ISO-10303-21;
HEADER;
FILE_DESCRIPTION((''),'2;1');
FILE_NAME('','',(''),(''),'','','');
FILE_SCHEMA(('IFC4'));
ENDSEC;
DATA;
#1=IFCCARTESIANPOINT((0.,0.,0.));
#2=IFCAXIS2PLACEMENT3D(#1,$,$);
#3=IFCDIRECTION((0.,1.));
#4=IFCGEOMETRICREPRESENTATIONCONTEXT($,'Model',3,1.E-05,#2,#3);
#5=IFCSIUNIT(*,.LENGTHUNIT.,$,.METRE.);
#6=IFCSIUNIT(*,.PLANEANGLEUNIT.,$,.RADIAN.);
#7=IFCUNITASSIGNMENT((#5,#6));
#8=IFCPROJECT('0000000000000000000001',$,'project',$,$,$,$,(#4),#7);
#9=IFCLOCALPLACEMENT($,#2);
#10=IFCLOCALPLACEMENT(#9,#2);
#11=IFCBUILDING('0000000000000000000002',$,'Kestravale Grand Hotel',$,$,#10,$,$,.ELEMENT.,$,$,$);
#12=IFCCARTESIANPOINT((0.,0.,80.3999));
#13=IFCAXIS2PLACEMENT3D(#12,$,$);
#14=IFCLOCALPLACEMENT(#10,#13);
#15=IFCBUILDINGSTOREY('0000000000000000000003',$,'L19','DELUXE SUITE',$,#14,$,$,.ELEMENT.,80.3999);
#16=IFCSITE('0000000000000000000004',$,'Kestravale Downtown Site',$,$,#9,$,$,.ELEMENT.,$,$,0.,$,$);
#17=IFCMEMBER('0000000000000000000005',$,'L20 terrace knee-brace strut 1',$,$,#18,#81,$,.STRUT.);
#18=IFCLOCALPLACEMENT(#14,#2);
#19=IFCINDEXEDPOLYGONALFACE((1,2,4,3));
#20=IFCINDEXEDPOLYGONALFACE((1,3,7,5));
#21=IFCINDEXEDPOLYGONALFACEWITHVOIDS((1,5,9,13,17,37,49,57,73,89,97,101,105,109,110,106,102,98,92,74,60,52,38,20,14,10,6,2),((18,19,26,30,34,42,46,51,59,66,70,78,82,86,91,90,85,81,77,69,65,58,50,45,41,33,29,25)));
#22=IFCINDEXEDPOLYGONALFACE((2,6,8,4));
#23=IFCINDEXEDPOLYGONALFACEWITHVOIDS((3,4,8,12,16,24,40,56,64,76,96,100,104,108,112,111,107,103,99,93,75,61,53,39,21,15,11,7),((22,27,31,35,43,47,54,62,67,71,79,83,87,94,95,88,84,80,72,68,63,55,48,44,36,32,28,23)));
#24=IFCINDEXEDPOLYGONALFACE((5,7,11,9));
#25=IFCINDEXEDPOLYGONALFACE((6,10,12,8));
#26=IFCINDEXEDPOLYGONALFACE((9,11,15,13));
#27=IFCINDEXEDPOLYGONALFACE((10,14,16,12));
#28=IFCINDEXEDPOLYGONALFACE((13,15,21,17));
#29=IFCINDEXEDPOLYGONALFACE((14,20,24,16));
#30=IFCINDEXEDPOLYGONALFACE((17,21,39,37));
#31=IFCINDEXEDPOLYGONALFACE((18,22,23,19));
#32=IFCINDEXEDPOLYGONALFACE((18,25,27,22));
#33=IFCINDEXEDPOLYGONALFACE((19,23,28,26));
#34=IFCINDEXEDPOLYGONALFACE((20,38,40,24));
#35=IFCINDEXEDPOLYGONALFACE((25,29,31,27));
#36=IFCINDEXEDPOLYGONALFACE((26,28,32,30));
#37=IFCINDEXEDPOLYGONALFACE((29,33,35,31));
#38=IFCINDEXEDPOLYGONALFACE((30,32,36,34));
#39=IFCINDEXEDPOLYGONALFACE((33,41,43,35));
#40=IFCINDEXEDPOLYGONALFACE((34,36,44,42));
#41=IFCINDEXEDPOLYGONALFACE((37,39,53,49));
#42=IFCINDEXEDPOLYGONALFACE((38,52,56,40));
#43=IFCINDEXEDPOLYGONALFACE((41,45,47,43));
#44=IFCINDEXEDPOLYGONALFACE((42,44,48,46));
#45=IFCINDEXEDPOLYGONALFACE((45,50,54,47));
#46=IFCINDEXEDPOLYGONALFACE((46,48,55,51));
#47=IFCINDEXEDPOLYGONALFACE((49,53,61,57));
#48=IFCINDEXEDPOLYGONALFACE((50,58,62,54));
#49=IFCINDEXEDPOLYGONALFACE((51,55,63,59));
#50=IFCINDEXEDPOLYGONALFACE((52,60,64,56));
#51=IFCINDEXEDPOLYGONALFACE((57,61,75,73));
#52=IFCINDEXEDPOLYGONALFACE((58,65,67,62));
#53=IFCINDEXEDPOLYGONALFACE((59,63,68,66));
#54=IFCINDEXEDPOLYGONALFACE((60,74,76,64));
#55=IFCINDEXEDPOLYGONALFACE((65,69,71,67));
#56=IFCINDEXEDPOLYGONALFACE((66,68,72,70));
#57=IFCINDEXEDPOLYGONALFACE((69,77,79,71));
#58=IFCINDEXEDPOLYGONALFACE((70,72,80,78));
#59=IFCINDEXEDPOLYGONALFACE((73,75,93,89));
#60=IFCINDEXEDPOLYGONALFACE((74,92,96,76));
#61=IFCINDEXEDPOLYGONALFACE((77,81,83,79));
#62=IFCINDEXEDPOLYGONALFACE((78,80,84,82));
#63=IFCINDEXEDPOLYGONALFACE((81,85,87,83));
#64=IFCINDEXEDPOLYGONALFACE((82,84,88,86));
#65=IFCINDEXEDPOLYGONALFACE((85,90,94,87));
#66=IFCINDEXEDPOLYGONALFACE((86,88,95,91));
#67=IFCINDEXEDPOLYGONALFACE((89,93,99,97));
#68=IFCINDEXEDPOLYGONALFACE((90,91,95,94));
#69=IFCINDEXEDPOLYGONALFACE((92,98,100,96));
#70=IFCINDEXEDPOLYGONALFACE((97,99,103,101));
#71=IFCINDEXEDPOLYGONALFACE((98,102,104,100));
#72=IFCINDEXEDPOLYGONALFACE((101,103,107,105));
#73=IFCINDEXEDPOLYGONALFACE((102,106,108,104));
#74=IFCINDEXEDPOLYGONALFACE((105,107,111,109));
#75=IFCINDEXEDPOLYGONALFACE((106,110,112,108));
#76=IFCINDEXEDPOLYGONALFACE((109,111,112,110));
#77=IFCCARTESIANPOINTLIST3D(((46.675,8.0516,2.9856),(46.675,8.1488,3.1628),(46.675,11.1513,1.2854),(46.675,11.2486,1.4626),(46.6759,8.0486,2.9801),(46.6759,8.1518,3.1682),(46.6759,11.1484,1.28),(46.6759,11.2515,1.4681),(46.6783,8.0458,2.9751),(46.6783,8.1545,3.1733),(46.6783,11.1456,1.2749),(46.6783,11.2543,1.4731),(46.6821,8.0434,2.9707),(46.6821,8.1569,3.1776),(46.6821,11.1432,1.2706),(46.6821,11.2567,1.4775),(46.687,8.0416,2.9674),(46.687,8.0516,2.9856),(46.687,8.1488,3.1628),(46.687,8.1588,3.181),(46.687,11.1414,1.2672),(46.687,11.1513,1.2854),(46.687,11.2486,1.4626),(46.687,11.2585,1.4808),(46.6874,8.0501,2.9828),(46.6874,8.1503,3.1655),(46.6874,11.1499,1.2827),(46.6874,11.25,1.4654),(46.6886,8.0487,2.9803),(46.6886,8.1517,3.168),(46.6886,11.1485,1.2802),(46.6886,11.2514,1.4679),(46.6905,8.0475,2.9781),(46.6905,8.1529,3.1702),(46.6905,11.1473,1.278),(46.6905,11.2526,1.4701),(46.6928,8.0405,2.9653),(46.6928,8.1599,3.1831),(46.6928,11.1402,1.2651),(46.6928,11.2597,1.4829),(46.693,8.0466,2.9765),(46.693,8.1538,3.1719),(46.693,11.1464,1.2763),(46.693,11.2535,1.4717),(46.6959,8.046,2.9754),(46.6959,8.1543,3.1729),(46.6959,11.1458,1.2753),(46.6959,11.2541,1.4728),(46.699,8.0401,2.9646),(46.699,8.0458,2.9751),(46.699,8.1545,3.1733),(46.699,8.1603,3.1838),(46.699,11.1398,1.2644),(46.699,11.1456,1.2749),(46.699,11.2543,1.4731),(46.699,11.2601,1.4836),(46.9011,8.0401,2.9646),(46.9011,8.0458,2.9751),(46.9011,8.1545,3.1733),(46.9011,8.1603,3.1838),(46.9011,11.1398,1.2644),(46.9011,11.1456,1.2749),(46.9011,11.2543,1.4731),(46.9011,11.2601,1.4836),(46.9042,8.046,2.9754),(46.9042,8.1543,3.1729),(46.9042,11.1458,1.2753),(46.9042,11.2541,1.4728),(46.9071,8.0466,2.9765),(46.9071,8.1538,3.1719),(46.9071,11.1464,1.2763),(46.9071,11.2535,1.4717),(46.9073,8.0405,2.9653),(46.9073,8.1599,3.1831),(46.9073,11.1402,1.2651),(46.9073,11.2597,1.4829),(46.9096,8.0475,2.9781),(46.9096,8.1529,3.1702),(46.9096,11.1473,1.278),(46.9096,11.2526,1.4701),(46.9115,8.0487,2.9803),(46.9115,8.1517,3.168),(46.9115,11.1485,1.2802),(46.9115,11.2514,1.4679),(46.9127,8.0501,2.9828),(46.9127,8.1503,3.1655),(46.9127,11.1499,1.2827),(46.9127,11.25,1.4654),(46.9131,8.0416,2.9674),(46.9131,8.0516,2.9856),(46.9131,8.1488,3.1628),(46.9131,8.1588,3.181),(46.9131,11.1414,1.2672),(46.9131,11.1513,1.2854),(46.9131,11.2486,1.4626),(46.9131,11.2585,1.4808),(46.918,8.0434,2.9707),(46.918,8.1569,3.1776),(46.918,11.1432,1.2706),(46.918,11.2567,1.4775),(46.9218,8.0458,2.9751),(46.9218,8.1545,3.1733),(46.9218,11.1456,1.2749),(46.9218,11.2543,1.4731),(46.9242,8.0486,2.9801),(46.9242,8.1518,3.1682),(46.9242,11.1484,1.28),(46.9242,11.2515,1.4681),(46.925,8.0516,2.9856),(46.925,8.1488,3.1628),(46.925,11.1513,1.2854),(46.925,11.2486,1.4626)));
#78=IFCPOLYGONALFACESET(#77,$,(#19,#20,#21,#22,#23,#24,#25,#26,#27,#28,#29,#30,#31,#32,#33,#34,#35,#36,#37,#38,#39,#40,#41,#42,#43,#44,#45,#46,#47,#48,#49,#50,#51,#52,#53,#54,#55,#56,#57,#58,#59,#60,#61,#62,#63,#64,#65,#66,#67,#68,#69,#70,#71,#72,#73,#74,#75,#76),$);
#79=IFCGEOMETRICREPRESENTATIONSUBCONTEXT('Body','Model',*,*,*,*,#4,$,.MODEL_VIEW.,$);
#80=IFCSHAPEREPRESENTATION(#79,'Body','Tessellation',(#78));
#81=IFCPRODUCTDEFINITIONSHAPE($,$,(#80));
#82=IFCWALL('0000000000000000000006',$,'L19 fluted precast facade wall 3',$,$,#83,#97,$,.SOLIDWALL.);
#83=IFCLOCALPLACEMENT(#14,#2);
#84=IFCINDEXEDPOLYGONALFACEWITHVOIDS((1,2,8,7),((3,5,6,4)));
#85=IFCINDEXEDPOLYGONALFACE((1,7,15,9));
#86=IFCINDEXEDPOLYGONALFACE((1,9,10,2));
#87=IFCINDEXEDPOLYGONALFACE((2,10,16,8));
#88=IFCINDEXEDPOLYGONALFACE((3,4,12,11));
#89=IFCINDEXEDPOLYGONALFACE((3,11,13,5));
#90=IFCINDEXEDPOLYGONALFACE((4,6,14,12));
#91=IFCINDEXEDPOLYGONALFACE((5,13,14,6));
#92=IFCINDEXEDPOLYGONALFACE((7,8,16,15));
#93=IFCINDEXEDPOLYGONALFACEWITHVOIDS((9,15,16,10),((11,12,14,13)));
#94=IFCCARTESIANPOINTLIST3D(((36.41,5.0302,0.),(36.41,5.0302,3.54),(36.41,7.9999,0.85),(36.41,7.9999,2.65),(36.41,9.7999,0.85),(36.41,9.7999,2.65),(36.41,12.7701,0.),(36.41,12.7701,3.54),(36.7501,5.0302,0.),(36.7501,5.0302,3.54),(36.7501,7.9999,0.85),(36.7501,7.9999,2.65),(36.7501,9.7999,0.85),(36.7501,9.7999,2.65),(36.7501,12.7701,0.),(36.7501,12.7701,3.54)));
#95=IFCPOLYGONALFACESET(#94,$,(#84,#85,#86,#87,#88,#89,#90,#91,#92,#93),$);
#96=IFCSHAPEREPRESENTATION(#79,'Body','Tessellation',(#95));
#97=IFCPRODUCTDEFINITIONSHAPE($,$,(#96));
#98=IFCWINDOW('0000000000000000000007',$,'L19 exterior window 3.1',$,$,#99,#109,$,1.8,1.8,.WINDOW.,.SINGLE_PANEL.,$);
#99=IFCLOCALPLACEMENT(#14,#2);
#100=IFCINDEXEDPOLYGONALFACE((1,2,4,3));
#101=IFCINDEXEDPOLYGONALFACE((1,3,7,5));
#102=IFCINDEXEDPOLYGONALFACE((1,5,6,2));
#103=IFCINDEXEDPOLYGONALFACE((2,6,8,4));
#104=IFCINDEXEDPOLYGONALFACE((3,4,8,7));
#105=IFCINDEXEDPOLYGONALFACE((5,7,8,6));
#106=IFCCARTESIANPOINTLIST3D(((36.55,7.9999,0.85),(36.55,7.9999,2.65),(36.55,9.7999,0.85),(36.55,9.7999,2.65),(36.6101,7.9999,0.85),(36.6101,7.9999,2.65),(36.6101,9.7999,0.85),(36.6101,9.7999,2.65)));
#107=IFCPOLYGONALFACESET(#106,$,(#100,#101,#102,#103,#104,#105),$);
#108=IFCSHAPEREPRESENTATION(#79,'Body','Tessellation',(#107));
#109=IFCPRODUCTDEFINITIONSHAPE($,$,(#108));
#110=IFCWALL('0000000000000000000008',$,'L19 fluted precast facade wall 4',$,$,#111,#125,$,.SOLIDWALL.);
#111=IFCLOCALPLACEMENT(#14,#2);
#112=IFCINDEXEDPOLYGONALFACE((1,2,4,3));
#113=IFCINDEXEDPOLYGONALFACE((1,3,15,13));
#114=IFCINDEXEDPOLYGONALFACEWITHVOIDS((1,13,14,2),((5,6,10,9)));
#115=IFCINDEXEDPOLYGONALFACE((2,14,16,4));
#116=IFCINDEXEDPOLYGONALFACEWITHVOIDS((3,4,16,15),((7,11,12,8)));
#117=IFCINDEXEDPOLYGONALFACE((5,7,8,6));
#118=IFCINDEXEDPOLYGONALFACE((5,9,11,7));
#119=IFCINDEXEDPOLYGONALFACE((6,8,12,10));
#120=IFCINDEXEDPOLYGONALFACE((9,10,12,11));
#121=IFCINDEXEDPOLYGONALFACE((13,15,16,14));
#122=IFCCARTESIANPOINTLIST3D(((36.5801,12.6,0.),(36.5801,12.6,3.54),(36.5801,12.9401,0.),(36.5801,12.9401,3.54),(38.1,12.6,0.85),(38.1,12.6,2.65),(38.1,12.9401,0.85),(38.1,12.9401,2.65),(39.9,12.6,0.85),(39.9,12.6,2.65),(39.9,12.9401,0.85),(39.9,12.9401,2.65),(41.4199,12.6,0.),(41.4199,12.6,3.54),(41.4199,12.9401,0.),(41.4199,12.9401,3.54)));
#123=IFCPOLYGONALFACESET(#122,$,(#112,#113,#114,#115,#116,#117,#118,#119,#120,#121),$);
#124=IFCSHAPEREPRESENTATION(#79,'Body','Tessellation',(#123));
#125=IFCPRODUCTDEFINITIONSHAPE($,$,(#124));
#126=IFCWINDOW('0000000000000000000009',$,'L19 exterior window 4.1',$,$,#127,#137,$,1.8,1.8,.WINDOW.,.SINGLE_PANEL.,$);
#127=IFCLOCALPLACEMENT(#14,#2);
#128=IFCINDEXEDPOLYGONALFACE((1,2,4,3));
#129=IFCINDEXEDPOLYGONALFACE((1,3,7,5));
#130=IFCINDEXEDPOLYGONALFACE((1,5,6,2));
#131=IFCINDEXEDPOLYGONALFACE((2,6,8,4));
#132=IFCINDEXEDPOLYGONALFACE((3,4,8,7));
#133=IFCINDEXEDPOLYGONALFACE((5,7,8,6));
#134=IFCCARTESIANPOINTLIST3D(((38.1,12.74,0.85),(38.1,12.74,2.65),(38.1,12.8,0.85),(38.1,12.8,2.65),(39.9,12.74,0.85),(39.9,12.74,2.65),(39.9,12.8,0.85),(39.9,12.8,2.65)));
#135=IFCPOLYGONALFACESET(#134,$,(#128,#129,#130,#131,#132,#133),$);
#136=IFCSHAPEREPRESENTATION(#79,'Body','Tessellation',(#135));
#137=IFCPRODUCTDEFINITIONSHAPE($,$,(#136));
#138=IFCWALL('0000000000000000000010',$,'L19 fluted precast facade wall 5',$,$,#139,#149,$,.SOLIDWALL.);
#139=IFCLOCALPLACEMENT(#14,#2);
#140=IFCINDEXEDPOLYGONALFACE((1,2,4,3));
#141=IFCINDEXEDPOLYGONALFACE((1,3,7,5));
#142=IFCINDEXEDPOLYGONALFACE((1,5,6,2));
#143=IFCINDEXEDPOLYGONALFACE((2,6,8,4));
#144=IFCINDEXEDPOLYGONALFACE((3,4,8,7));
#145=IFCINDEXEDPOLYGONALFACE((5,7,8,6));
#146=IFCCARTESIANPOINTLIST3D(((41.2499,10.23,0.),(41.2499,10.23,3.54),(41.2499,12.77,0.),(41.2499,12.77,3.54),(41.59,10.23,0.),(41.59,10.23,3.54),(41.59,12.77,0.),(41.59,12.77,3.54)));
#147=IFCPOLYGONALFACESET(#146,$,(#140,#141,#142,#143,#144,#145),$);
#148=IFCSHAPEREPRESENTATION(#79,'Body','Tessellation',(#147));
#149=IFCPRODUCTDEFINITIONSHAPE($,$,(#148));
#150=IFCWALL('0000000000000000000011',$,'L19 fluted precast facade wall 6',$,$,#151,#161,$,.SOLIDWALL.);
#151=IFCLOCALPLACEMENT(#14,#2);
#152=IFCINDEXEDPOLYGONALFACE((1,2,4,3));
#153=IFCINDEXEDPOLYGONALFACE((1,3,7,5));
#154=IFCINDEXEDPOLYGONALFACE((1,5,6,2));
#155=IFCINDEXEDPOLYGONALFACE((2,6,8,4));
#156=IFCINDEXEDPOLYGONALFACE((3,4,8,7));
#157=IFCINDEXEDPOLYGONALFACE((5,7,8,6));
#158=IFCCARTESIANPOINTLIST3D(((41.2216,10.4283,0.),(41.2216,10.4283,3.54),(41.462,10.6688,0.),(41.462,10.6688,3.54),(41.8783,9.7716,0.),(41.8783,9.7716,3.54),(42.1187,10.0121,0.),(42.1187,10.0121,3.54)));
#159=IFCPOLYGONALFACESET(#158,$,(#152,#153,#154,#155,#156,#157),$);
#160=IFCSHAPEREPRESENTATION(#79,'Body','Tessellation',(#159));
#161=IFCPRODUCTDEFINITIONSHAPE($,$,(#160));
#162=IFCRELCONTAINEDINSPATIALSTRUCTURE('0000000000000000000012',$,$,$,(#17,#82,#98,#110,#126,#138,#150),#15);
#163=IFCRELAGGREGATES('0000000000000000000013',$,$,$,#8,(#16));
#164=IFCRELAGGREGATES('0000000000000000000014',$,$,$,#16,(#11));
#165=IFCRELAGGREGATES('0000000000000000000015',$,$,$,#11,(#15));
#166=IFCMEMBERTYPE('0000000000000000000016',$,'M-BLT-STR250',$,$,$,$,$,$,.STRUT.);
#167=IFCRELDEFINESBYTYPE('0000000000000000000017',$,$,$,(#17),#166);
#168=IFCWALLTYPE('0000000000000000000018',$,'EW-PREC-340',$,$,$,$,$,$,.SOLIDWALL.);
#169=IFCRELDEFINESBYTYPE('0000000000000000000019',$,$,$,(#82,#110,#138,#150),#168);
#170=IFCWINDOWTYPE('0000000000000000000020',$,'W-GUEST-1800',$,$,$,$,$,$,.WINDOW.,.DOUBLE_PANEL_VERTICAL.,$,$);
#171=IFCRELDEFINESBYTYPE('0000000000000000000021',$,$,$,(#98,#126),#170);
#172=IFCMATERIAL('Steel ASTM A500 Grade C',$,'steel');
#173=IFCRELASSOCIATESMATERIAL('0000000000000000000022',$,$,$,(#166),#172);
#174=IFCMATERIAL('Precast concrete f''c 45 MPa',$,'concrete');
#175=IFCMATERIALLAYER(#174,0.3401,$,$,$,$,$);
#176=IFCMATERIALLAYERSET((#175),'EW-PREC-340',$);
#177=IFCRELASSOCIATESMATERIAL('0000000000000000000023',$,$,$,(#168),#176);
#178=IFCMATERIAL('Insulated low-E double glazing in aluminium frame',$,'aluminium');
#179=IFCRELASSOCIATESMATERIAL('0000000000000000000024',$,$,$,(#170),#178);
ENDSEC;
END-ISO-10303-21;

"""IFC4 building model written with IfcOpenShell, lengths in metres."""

from ifc_helpers import new_model, si_unit, direction, frame, frame_2d, origin, origin_2d, place, context, subcontext, project, spatial, rectangle, hollow_rectangle, extrude, material, layer, layer_set, material_profile, profile_set, type_object, element, fill, save


model = new_model("IFC4")

# Units and contexts
model_context = context("Model", 3, precision=1e-05, world=origin(), true_north=direction((0.0, 1.0)))
body_context = subcontext(model_context, "Body", "Model", "MODEL_VIEW")
ifc_project = project(units=[si_unit("LENGTHUNIT", "METRE"), si_unit("PLANEANGLEUNIT", "RADIAN")], contexts=[model_context])

# Site, building, storey
site_placement = place(None, origin())
site = spatial("IfcSite", under=ifc_project, at=site_placement, Name="Kestravale Downtown Site", CompositionType="ELEMENT", RefElevation=0.0)
building_placement = place(site_placement, origin())
building = spatial("IfcBuilding", under=site, at=building_placement, Name="Kestravale Grand Hotel", CompositionType="ELEMENT")
storey_placement = place(building_placement, frame((0.0, 0.0, 80.3999)))
storey = spatial("IfcBuildingStorey", under=building, at=storey_placement, Name="L19", Description="DELUXE SUITE", CompositionType="ELEMENT", Elevation=80.3999)

# Member
ifc_material_1 = material(Name="Steel ASTM A500 Grade C", Category="steel")
ifc_material_profile_1 = material_profile(ifc_material_1, hollow_rectangle(XDim=0.25, YDim=0.25, WallThickness=0.012, InnerFilletRadius=0.012, OuterFilletRadius=0.0239, at=origin_2d()))
ifc_profile_set_1 = profile_set([ifc_material_profile_1], Name="Steel ASTM A500 Grade C")
member_type = type_object("IfcMemberType", Name="M-BLT-STR250", PredefinedType="STRUT", material=ifc_profile_set_1)
member_placement = place(storey_placement, frame((46.8, 11.2, 1.374), z_axis=(0.0, -0.87678, 0.480893), x_axis=(1.0, 0.0, 0.0)))
element("IfcMember", 1, at=member_placement, inside=storey, type_object=member_type, Name="L20 terrace knee-brace strut 1", PredefinedType="STRUT", context=body_context, shape_type="SweptSolid", body=[
    extrude(hollow_rectangle(XDim=0.25, YDim=0.25, WallThickness=0.012, InnerFilletRadius=0.012, OuterFilletRadius=0.0239, at=origin_2d()), origin(), (0.0, 0.0, 1.0), 3.5354),
])

# Walls, openings, windows
ifc_material_2 = material(Name="Precast concrete f'c 45 MPa", Category="concrete")
ifc_layer_1 = layer(ifc_material_2, 0.3401)
ifc_layer_set_1 = layer_set([ifc_layer_1], Name="EW-PREC-340")
wall_type_1 = type_object("IfcWallType", Name="EW-PREC-340", PredefinedType="SOLIDWALL", material=ifc_layer_set_1)
wall_1_placement = place(storey_placement, frame((36.5801, 5.03, 0.0), z_axis=(0.0, 0.0, 1.0), x_axis=(0.0, 1.0, 0.0)))
wall_1 = element("IfcWall", 2, at=wall_1_placement, inside=storey, type_object=wall_type_1, Name="L19 fluted precast facade wall 3", PredefinedType="SOLIDWALL", context=body_context, shape_type="SweptSolid", body=[
    extrude(rectangle(XDim=7.74, YDim=0.3401, at=frame_2d((3.8701, 0.0))), origin(), (0.0, 0.0, 1.0), 3.54),
])
opening_1_placement = place(wall_1_placement, frame((2.97, 0.0, 0.8501)))
opening_1 = element("IfcOpeningElement", 3, at=opening_1_placement, cuts=wall_1, PredefinedType="OPENING", context=body_context, shape_type="SweptSolid", body=[
    extrude(rectangle(XDim=1.8, YDim=1.8, at=frame_2d((0.8999, 0.8999))), frame((0.0, 0.1799, 0.0), z_axis=(0.0, -1.0, 0.0), x_axis=(1.0, 0.0, 0.0)), (0.0, 0.0, 1.0), 0.3601),
])
ifc_material_3 = material(Name="Insulated low-E double glazing in aluminium frame", Category="aluminium")
window_type = type_object("IfcWindowType", Name="W-GUEST-1800", PartitioningType="DOUBLE_PANEL_VERTICAL", PredefinedType="WINDOW", material=ifc_material_3)
window_1_placement = place(opening_1_placement, origin())
window_1 = element("IfcWindow", 4, at=window_1_placement, inside=storey, type_object=window_type, Name="L19 exterior window 3.1", OverallHeight=1.8, OverallWidth=1.8, PartitioningType="SINGLE_PANEL", PredefinedType="WINDOW", context=body_context, shape_type="SweptSolid", body=[
    extrude(rectangle(XDim=1.8, YDim=1.8, at=frame_2d((0.8999, 0.8999))), frame((0.0, 0.03, 0.0), z_axis=(0.0, -1.0, 0.0), x_axis=(1.0, 0.0, 0.0)), (0.0, 0.0, 1.0), 0.0601),
])
fill(opening_1, window_1)
wall_2_placement = place(storey_placement, frame((36.5801, 12.77, 0.0), z_axis=(0.0, 0.0, 1.0), x_axis=(1.0, 0.0, 0.0)))
wall_2 = element("IfcWall", 5, at=wall_2_placement, inside=storey, type_object=wall_type_1, Name="L19 fluted precast facade wall 4", PredefinedType="SOLIDWALL", context=body_context, shape_type="SweptSolid", body=[
    extrude(rectangle(XDim=4.8398, YDim=0.3401, at=frame_2d((2.4199, 0.0))), origin(), (0.0, 0.0, 1.0), 3.54),
])
opening_2_placement = place(wall_2_placement, frame((1.52, 0.0, 0.8501)))
opening_2 = element("IfcOpeningElement", 6, at=opening_2_placement, cuts=wall_2, PredefinedType="OPENING", context=body_context, shape_type="SweptSolid", body=[
    extrude(rectangle(XDim=1.8, YDim=1.8, at=frame_2d((0.8999, 0.8999))), frame((0.0, 0.1799, 0.0), z_axis=(0.0, -1.0, 0.0), x_axis=(1.0, 0.0, 0.0)), (0.0, 0.0, 1.0), 0.3601),
])
window_2_placement = place(opening_2_placement, origin())
window_2 = element("IfcWindow", 7, at=window_2_placement, inside=storey, type_object=window_type, Name="L19 exterior window 4.1", OverallHeight=1.8, OverallWidth=1.8, PartitioningType="SINGLE_PANEL", PredefinedType="WINDOW", context=body_context, shape_type="SweptSolid", body=[
    extrude(rectangle(XDim=1.8, YDim=1.8, at=frame_2d((0.8999, 0.8999))), frame((0.0, 0.03, 0.0), z_axis=(0.0, -1.0, 0.0), x_axis=(1.0, 0.0, 0.0)), (0.0, 0.0, 1.0), 0.0601),
])
fill(opening_2, window_2)

# Walls
wall_3_placement = place(storey_placement, frame((41.4199, 12.77, 0.0), z_axis=(0.0, 0.0, 1.0), x_axis=(0.0, -1.0, 0.0)))
element("IfcWall", 8, at=wall_3_placement, inside=storey, type_object=wall_type_1, Name="L19 fluted precast facade wall 5", PredefinedType="SOLIDWALL", context=body_context, shape_type="SweptSolid", body=[
    extrude(rectangle(XDim=2.54, YDim=0.3401, at=frame_2d((1.27, 0.0))), origin(), (0.0, 0.0, 1.0), 3.54),
])
wall_4_placement = place(storey_placement, frame((41.3418, 10.5486, 0.0), z_axis=(0.0, 0.0, 1.0), x_axis=(0.707107, -0.707107, 0.0)))
element("IfcWall", 9, at=wall_4_placement, inside=storey, type_object=wall_type_1, Name="L19 fluted precast facade wall 6", PredefinedType="SOLIDWALL", context=body_context, shape_type="SweptSolid", body=[
    extrude(rectangle(XDim=0.9287, YDim=0.3401, at=frame_2d((0.4644, 0.0))), origin(), (0.0, 0.0, 1.0), 3.54),
])

save(model, "model.ifc")
